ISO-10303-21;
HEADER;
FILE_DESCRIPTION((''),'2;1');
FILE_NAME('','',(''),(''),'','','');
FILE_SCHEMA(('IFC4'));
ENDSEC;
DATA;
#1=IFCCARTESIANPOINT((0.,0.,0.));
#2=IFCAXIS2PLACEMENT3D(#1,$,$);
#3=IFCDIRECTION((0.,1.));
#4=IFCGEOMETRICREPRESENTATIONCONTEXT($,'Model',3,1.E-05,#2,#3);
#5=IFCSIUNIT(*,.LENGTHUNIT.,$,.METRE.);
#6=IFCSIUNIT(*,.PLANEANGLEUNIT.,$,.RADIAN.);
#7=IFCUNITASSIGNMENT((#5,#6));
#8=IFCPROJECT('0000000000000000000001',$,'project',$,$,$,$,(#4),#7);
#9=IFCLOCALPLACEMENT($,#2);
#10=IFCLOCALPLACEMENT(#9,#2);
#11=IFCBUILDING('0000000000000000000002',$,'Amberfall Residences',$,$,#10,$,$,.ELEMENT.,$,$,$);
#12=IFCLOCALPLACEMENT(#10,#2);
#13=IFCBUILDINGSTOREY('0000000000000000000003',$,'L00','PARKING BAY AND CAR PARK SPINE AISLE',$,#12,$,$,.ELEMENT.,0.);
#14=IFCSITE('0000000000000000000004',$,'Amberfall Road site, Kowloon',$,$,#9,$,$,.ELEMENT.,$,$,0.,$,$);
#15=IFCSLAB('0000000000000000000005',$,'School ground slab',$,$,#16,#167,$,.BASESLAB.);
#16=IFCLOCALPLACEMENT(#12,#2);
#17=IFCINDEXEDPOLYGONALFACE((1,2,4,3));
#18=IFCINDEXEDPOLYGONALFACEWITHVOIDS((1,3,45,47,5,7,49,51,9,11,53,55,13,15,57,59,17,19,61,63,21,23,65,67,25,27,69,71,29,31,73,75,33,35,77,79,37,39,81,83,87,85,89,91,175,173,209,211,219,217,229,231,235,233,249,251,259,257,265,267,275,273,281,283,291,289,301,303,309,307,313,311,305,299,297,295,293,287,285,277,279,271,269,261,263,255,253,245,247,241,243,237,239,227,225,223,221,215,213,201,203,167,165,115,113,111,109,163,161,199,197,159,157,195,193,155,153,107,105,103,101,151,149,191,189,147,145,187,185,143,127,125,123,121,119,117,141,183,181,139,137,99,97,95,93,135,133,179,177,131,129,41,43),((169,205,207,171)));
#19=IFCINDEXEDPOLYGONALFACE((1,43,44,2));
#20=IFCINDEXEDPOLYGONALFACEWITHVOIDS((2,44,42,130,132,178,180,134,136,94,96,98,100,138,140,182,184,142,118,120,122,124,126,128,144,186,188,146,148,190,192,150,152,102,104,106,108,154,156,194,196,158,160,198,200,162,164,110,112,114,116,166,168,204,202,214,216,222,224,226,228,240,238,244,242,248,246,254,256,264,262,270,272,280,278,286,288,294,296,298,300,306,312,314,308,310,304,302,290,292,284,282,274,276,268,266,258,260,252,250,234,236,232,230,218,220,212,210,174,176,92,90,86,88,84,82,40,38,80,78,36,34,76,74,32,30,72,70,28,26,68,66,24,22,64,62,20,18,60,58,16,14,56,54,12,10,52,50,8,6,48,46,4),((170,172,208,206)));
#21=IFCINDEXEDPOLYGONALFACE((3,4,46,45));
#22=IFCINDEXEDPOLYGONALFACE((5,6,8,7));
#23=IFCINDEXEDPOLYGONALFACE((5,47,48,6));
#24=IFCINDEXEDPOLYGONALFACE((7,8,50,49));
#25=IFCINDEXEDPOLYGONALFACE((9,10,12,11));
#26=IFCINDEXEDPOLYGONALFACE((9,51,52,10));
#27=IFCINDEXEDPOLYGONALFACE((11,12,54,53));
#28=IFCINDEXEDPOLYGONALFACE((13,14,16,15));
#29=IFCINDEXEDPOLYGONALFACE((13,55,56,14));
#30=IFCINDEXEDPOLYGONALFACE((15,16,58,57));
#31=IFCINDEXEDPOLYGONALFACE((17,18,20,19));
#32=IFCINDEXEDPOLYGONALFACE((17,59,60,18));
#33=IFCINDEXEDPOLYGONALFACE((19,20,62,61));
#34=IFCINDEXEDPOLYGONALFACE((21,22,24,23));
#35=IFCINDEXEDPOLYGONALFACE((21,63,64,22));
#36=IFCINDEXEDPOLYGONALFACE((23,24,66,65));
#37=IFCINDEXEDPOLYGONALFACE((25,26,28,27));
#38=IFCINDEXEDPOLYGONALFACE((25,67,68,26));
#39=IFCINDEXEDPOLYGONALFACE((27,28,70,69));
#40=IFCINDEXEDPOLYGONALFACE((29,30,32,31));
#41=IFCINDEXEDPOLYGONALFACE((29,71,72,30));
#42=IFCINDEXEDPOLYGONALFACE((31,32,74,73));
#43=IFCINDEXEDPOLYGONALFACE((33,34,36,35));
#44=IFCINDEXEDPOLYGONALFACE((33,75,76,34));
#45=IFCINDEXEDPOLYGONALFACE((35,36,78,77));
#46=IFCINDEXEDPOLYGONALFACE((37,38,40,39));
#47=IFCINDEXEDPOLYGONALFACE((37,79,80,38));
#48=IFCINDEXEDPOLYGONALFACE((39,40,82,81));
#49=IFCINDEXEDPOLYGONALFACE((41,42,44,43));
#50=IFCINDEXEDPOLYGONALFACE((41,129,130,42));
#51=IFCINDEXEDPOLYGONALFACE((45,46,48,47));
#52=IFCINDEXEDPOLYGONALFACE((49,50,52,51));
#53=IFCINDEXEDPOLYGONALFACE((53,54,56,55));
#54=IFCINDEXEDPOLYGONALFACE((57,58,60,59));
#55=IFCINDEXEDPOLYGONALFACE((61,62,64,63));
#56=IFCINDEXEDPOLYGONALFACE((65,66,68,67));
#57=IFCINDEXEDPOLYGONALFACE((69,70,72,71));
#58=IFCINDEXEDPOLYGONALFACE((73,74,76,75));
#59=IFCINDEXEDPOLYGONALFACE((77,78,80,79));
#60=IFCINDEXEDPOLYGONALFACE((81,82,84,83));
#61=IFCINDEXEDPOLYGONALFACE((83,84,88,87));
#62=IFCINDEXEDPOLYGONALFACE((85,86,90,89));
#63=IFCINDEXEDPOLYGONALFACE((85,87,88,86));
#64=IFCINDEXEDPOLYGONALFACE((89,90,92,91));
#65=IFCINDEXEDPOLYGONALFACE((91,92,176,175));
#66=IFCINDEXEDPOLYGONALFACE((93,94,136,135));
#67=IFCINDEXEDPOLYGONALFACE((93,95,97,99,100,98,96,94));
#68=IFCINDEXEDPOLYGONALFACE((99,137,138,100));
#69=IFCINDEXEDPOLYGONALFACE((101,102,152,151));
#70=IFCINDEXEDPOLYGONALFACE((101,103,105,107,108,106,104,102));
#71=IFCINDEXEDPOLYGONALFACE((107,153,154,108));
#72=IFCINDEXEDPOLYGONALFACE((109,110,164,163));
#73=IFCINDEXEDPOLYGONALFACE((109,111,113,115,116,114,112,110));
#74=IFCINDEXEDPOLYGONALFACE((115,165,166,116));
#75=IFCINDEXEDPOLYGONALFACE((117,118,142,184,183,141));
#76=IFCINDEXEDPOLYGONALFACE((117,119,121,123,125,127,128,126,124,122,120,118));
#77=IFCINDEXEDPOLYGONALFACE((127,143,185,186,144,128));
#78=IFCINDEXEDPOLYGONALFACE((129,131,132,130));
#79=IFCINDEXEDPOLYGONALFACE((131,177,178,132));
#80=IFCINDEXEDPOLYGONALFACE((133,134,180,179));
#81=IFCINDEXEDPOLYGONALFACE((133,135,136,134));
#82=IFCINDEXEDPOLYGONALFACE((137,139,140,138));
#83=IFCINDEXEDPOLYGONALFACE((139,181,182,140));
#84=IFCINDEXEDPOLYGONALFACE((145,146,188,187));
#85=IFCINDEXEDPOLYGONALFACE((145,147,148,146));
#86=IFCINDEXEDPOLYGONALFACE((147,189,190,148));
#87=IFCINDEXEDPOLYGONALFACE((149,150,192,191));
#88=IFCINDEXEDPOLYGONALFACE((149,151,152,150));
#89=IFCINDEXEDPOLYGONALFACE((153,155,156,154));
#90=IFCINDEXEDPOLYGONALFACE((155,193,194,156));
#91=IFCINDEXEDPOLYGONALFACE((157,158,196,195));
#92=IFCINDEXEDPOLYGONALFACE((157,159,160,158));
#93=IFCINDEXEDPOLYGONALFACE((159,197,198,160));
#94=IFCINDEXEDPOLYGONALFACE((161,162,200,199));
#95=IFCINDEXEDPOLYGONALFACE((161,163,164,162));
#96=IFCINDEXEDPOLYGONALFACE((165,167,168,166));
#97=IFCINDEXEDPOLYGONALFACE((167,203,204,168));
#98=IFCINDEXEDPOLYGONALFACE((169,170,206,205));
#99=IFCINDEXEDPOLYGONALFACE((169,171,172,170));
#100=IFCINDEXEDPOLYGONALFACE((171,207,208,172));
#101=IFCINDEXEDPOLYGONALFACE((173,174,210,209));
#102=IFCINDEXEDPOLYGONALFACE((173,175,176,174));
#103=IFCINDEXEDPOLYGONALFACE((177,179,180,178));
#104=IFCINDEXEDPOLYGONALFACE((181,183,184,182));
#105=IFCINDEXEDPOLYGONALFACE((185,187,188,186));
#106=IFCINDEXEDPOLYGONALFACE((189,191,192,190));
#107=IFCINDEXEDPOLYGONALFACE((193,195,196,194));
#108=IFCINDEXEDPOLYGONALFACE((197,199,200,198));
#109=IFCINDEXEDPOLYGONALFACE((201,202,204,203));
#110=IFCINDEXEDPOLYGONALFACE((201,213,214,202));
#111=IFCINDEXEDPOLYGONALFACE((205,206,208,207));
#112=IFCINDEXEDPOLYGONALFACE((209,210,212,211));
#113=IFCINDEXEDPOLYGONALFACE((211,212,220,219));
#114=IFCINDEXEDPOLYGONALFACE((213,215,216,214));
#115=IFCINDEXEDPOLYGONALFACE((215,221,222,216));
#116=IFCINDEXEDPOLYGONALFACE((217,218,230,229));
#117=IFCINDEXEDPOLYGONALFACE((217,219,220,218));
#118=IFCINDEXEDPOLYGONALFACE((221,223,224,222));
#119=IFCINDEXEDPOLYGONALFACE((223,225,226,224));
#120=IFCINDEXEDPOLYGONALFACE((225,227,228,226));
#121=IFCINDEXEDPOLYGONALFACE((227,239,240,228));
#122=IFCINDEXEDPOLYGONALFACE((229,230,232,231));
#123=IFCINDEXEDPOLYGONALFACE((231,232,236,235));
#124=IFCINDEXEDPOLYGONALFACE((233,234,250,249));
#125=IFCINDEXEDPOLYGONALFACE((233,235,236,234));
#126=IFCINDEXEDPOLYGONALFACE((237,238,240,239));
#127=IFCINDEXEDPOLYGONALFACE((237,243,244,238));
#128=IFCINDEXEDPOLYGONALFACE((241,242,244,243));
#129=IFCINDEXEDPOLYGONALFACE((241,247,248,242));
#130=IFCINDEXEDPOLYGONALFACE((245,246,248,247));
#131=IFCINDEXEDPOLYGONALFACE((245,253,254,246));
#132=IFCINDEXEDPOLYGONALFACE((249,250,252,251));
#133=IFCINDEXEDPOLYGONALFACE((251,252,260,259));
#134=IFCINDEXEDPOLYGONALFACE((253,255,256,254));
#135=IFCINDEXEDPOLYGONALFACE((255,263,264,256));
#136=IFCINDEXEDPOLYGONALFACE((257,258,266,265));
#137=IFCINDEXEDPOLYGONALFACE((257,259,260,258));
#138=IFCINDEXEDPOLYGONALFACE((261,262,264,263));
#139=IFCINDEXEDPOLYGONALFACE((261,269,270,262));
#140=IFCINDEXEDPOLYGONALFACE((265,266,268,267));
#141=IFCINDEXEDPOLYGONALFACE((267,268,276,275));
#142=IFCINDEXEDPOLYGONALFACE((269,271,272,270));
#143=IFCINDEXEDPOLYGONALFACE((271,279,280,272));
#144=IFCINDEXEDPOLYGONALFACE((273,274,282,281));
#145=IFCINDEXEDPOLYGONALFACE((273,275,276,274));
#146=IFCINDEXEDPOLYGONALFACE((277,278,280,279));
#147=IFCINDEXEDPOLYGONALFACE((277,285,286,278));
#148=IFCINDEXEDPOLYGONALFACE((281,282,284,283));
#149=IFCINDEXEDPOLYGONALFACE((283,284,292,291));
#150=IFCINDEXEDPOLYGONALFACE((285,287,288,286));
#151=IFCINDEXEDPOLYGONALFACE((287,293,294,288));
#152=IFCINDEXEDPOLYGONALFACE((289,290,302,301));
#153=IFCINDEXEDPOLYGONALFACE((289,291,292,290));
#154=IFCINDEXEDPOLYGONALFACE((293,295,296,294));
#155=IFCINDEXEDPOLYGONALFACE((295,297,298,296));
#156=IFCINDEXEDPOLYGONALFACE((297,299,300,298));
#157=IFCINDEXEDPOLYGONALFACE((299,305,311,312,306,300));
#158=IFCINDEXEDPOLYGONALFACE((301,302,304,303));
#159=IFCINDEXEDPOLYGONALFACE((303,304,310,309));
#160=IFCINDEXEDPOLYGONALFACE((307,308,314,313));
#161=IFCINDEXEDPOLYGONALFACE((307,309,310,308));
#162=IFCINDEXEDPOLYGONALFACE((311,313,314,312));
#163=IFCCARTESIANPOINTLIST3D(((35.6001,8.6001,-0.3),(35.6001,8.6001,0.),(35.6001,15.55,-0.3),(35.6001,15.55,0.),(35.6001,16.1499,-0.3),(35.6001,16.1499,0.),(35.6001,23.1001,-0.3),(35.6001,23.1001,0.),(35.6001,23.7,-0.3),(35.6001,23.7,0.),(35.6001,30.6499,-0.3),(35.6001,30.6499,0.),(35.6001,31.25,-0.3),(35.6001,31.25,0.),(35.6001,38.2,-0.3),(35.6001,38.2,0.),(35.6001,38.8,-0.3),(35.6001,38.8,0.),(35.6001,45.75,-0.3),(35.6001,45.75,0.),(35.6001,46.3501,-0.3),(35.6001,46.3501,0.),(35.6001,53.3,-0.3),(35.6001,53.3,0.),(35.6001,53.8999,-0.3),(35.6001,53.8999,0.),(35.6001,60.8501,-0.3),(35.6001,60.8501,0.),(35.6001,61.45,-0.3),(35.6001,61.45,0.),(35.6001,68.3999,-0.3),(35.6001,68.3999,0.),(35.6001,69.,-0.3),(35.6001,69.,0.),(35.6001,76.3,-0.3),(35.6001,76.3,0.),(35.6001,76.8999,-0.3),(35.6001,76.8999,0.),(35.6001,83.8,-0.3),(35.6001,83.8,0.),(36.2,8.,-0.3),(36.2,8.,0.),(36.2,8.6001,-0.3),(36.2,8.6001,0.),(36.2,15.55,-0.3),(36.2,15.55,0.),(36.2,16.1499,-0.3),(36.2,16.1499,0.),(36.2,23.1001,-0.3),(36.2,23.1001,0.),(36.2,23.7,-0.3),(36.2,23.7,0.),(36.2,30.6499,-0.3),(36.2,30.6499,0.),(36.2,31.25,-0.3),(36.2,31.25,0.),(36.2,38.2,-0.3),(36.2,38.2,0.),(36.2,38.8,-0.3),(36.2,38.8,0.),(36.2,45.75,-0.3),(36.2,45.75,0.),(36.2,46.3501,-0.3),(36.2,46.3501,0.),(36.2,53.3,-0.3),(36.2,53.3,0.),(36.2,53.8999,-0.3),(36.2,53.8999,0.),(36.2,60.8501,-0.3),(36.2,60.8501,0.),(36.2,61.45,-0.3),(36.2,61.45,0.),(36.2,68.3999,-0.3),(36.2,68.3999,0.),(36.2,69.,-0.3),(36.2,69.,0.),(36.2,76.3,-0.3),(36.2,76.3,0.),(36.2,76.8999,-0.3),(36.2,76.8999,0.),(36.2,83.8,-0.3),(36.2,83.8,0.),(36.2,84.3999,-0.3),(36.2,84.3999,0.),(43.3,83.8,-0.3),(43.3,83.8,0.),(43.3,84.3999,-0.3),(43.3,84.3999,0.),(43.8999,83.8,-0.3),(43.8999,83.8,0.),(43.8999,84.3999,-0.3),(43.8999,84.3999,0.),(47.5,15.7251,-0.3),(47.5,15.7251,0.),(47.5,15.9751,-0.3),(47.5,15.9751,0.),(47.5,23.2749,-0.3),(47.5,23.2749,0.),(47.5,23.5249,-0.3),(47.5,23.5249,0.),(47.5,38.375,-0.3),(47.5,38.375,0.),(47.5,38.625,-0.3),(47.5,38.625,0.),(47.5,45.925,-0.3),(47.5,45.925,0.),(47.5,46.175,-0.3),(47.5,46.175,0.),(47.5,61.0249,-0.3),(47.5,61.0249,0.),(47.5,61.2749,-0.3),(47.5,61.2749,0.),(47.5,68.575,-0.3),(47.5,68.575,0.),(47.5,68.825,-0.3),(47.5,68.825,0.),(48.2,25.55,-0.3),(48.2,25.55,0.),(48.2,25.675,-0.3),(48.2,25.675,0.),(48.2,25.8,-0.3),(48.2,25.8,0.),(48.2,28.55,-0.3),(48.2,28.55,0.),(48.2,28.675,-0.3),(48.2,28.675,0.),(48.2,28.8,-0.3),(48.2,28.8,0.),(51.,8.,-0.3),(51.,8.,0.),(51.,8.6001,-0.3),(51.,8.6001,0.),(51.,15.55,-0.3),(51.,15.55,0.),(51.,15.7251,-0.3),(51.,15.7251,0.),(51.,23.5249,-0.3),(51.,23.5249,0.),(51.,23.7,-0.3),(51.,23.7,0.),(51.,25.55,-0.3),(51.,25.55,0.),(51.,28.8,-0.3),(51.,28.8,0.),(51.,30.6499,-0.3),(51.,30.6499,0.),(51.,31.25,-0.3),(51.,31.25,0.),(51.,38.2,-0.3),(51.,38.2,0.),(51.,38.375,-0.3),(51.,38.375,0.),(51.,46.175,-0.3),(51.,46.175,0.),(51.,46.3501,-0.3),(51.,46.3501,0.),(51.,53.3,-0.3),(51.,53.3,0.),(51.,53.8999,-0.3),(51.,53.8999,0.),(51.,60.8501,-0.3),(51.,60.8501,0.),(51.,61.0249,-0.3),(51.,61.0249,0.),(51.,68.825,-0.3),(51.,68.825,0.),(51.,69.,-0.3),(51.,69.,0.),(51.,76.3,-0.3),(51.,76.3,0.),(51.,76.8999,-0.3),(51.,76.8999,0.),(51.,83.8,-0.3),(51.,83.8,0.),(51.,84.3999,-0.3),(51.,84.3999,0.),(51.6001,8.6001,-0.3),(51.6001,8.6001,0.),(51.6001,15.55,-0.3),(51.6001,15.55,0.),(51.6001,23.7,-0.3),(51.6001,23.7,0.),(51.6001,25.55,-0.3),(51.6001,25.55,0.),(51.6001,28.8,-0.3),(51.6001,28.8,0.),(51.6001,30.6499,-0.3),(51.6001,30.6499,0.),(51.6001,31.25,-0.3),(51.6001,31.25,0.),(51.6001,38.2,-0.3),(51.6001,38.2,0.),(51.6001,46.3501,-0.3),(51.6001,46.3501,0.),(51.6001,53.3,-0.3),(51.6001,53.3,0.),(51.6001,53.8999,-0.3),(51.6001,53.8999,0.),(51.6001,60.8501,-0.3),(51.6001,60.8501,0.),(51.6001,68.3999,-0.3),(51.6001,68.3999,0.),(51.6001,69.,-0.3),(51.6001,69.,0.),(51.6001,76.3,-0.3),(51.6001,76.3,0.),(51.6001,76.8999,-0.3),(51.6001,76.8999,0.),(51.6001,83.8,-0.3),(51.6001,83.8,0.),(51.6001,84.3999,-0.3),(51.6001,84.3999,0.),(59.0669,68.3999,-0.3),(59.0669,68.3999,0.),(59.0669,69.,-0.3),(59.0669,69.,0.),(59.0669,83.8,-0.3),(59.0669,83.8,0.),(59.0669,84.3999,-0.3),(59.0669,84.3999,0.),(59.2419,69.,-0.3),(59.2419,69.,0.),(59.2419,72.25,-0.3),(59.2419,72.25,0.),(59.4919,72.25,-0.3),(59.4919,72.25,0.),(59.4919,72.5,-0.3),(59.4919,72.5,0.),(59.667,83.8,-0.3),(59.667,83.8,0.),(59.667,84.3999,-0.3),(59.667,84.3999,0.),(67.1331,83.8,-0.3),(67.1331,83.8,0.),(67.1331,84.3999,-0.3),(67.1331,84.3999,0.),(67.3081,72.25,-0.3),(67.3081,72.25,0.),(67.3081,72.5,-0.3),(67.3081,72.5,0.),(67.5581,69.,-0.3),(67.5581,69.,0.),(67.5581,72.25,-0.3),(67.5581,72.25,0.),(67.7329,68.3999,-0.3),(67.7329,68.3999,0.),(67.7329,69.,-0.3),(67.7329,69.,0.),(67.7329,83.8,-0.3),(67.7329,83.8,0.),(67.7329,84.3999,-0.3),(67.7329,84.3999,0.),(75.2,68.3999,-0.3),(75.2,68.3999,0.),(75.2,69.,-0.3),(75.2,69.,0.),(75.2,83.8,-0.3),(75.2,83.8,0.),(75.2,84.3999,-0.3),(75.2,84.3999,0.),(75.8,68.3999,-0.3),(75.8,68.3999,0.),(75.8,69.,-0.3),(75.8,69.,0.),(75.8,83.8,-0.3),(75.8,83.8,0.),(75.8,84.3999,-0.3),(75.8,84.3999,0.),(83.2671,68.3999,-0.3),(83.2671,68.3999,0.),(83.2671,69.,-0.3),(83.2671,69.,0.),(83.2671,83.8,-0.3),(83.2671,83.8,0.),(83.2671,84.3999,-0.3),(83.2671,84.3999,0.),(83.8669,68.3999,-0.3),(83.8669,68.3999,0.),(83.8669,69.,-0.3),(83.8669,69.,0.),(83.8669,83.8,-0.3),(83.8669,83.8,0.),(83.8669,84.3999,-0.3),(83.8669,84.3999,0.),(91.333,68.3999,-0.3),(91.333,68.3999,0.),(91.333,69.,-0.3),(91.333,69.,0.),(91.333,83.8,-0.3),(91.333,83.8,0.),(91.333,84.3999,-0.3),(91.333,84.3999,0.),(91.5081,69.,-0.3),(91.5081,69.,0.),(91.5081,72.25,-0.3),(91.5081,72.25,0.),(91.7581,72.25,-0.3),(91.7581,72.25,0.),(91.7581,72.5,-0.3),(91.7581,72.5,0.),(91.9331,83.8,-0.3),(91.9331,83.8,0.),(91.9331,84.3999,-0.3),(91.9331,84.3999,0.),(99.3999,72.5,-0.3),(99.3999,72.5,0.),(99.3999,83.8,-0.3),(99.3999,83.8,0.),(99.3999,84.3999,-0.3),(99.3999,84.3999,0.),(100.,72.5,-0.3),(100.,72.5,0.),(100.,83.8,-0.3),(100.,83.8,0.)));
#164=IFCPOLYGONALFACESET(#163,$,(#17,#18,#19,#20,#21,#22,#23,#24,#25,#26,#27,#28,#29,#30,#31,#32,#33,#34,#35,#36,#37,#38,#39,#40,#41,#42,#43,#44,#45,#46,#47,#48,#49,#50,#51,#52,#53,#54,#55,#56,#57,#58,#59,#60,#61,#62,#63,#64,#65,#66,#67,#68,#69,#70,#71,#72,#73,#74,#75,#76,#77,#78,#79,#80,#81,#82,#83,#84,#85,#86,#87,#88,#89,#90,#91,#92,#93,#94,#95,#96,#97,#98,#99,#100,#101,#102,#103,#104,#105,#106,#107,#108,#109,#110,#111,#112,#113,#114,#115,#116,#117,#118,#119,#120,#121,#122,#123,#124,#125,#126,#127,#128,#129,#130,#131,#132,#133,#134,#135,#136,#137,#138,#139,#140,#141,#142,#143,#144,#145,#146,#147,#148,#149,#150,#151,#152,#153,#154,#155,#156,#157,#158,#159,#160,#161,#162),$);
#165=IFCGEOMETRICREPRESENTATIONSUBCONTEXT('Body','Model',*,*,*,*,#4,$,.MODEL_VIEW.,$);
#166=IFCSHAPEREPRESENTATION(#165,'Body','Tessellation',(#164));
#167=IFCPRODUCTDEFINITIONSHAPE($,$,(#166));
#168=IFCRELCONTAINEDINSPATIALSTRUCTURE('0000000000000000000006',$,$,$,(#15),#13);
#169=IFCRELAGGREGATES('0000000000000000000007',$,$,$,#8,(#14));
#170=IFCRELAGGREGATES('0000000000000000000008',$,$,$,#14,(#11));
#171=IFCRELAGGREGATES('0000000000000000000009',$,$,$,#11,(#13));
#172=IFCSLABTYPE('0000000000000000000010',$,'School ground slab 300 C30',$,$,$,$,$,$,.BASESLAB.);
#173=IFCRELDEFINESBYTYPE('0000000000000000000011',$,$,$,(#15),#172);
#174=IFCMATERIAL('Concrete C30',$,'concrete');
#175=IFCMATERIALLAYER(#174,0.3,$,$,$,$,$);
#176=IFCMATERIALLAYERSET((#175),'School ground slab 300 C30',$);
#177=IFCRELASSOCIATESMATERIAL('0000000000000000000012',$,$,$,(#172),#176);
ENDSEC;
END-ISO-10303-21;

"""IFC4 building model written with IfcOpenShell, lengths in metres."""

from ifc_helpers import new_model, si_unit, direction, frame, origin, place, context, subcontext, project, spatial, polyline, outline, extrude, material, layer, layer_set, type_object, element, save


model = new_model("IFC4")

# Units and contexts
model_context = context("Model", 3, precision=1e-05, world=origin(), true_north=direction((0.0, 1.0)))
body_context = subcontext(model_context, "Body", "Model", "MODEL_VIEW")
ifc_project = project(units=[si_unit("LENGTHUNIT", "METRE"), si_unit("PLANEANGLEUNIT", "RADIAN")], contexts=[model_context])

# Site, building, storey
site_placement = place(None, origin())
site = spatial("IfcSite", under=ifc_project, at=site_placement, Name="Amberfall Road site, Kowloon", CompositionType="ELEMENT", RefElevation=0.0)
building_placement = place(site_placement, origin())
building = spatial("IfcBuilding", under=site, at=building_placement, Name="Amberfall Residences", CompositionType="ELEMENT")
storey_placement = place(building_placement, origin())
storey = spatial("IfcBuildingStorey", under=building, at=storey_placement, Name="L00", Description="PARKING BAY AND CAR PARK SPINE AISLE", CompositionType="ELEMENT", Elevation=0.0)

# Slab
ifc_material_1 = material(Name="Concrete C30", Category="concrete")
ifc_layer_1 = layer(ifc_material_1, 0.3)
ifc_layer_set_1 = layer_set([ifc_layer_1], Name="School ground slab 300 C30")
slab_type_1 = type_object("IfcSlabType", Name="School ground slab 300 C30", PredefinedType="BASESLAB", material=ifc_layer_set_1)
slab_1_placement = place(storey_placement, frame((0.0, 0.0, -0.3)))
element("IfcSlab", 1, at=slab_1_placement, inside=storey, type_object=slab_type_1, Name="School ground slab", PredefinedType="BASESLAB", context=body_context, shape_type="SweptSolid", body=[
    extrude(outline(polyline([(36.2, 8.6001), (36.2, 8.0), (51.0, 8.0), (51.0, 8.6001), (51.6001, 8.6001), (51.6001, 15.55), (51.0, 15.55), (51.0, 15.7251), (47.5, 15.7251), (47.5, 15.9751), (47.5, 23.2749), (47.5, 23.5249), (51.0, 23.5249), (51.0, 23.7), (51.6001, 23.7), (51.6001, 25.55), (51.0, 25.55), (48.2, 25.55), (48.2, 25.675), (48.2, 25.8), (48.2, 28.55), (48.2, 28.675), (48.2, 28.8), (51.0, 28.8), (51.6001, 28.8), (51.6001, 30.6499), (51.0, 30.6499), (51.0, 31.25), (51.6001, 31.25), (51.6001, 38.2), (51.0, 38.2), (51.0, 38.375), (47.5, 38.375), (47.5, 38.625), (47.5, 45.925), (47.5, 46.175), (51.0, 46.175), (51.0, 46.3501), (51.6001, 46.3501), (51.6001, 53.3), (51.0, 53.3), (51.0, 53.8999), (51.6001, 53.8999), (51.6001, 60.8501), (51.0, 60.8501), (51.0, 61.0249), (47.5, 61.0249), (47.5, 61.2749), (47.5, 68.575), (47.5, 68.825), (51.0, 68.825), (51.0, 69.0), (51.6001, 69.0), (51.6001, 68.3999), (59.0669, 68.3999), (59.0669, 69.0), (59.2419, 69.0), (59.2419, 72.25), (59.4919, 72.25), (59.4919, 72.5), (67.3081, 72.5), (67.3081, 72.25), (67.5581, 72.25), (67.5581, 69.0), (67.7329, 69.0), (67.7329, 68.3999), (75.2, 68.3999), (75.2, 69.0), (75.8, 69.0), (75.8, 68.3999), (83.2671, 68.3999), (83.2671, 69.0), (83.8669, 69.0), (83.8669, 68.3999), (91.333, 68.3999), (91.333, 69.0), (91.5081, 69.0), (91.5081, 72.25), (91.7581, 72.25), (91.7581, 72.5), (99.3999, 72.5), (100.0, 72.5), (100.0, 83.8), (99.3999, 83.8), (99.3999, 84.3999), (91.9331, 84.3999), (91.9331, 83.8), (91.333, 83.8), (91.333, 84.3999), (83.8669, 84.3999), (83.8669, 83.8), (83.2671, 83.8), (83.2671, 84.3999), (75.8, 84.3999), (75.8, 83.8), (75.2, 83.8), (75.2, 84.3999), (67.7329, 84.3999), (67.7329, 83.8), (67.1331, 83.8), (67.1331, 84.3999), (59.667, 84.3999), (59.667, 83.8), (59.0669, 83.8), (59.0669, 84.3999), (51.6001, 84.3999), (51.6001, 83.8), (51.0, 83.8), (51.0, 84.3999), (43.8999, 84.3999), (43.8999, 83.8), (43.3, 83.8), (43.3, 84.3999), (36.2, 84.3999), (36.2, 83.8), (35.6001, 83.8), (35.6001, 76.8999), (36.2, 76.8999), (36.2, 76.3), (35.6001, 76.3), (35.6001, 69.0), (36.2, 69.0), (36.2, 68.3999), (35.6001, 68.3999), (35.6001, 61.45), (36.2, 61.45), (36.2, 60.8501), (35.6001, 60.8501), (35.6001, 53.8999), (36.2, 53.8999), (36.2, 53.3), (35.6001, 53.3), (35.6001, 46.3501), (36.2, 46.3501), (36.2, 45.75), (35.6001, 45.75), (35.6001, 38.8), (36.2, 38.8), (36.2, 38.2), (35.6001, 38.2), (35.6001, 31.25), (36.2, 31.25), (36.2, 30.6499), (35.6001, 30.6499), (35.6001, 23.7), (36.2, 23.7), (36.2, 23.1001), (35.6001, 23.1001), (35.6001, 16.1499), (36.2, 16.1499), (36.2, 15.55), (35.6001, 15.55), (35.6001, 8.6001), (36.2, 8.6001)]), holes=[polyline([(51.0, 76.3), (51.0, 76.8999), (51.6001, 76.8999), (51.6001, 76.3), (51.0, 76.3)])]), origin(), (0.0, 0.0, 1.0), 0.3),
])

save(model, "model.ifc")
